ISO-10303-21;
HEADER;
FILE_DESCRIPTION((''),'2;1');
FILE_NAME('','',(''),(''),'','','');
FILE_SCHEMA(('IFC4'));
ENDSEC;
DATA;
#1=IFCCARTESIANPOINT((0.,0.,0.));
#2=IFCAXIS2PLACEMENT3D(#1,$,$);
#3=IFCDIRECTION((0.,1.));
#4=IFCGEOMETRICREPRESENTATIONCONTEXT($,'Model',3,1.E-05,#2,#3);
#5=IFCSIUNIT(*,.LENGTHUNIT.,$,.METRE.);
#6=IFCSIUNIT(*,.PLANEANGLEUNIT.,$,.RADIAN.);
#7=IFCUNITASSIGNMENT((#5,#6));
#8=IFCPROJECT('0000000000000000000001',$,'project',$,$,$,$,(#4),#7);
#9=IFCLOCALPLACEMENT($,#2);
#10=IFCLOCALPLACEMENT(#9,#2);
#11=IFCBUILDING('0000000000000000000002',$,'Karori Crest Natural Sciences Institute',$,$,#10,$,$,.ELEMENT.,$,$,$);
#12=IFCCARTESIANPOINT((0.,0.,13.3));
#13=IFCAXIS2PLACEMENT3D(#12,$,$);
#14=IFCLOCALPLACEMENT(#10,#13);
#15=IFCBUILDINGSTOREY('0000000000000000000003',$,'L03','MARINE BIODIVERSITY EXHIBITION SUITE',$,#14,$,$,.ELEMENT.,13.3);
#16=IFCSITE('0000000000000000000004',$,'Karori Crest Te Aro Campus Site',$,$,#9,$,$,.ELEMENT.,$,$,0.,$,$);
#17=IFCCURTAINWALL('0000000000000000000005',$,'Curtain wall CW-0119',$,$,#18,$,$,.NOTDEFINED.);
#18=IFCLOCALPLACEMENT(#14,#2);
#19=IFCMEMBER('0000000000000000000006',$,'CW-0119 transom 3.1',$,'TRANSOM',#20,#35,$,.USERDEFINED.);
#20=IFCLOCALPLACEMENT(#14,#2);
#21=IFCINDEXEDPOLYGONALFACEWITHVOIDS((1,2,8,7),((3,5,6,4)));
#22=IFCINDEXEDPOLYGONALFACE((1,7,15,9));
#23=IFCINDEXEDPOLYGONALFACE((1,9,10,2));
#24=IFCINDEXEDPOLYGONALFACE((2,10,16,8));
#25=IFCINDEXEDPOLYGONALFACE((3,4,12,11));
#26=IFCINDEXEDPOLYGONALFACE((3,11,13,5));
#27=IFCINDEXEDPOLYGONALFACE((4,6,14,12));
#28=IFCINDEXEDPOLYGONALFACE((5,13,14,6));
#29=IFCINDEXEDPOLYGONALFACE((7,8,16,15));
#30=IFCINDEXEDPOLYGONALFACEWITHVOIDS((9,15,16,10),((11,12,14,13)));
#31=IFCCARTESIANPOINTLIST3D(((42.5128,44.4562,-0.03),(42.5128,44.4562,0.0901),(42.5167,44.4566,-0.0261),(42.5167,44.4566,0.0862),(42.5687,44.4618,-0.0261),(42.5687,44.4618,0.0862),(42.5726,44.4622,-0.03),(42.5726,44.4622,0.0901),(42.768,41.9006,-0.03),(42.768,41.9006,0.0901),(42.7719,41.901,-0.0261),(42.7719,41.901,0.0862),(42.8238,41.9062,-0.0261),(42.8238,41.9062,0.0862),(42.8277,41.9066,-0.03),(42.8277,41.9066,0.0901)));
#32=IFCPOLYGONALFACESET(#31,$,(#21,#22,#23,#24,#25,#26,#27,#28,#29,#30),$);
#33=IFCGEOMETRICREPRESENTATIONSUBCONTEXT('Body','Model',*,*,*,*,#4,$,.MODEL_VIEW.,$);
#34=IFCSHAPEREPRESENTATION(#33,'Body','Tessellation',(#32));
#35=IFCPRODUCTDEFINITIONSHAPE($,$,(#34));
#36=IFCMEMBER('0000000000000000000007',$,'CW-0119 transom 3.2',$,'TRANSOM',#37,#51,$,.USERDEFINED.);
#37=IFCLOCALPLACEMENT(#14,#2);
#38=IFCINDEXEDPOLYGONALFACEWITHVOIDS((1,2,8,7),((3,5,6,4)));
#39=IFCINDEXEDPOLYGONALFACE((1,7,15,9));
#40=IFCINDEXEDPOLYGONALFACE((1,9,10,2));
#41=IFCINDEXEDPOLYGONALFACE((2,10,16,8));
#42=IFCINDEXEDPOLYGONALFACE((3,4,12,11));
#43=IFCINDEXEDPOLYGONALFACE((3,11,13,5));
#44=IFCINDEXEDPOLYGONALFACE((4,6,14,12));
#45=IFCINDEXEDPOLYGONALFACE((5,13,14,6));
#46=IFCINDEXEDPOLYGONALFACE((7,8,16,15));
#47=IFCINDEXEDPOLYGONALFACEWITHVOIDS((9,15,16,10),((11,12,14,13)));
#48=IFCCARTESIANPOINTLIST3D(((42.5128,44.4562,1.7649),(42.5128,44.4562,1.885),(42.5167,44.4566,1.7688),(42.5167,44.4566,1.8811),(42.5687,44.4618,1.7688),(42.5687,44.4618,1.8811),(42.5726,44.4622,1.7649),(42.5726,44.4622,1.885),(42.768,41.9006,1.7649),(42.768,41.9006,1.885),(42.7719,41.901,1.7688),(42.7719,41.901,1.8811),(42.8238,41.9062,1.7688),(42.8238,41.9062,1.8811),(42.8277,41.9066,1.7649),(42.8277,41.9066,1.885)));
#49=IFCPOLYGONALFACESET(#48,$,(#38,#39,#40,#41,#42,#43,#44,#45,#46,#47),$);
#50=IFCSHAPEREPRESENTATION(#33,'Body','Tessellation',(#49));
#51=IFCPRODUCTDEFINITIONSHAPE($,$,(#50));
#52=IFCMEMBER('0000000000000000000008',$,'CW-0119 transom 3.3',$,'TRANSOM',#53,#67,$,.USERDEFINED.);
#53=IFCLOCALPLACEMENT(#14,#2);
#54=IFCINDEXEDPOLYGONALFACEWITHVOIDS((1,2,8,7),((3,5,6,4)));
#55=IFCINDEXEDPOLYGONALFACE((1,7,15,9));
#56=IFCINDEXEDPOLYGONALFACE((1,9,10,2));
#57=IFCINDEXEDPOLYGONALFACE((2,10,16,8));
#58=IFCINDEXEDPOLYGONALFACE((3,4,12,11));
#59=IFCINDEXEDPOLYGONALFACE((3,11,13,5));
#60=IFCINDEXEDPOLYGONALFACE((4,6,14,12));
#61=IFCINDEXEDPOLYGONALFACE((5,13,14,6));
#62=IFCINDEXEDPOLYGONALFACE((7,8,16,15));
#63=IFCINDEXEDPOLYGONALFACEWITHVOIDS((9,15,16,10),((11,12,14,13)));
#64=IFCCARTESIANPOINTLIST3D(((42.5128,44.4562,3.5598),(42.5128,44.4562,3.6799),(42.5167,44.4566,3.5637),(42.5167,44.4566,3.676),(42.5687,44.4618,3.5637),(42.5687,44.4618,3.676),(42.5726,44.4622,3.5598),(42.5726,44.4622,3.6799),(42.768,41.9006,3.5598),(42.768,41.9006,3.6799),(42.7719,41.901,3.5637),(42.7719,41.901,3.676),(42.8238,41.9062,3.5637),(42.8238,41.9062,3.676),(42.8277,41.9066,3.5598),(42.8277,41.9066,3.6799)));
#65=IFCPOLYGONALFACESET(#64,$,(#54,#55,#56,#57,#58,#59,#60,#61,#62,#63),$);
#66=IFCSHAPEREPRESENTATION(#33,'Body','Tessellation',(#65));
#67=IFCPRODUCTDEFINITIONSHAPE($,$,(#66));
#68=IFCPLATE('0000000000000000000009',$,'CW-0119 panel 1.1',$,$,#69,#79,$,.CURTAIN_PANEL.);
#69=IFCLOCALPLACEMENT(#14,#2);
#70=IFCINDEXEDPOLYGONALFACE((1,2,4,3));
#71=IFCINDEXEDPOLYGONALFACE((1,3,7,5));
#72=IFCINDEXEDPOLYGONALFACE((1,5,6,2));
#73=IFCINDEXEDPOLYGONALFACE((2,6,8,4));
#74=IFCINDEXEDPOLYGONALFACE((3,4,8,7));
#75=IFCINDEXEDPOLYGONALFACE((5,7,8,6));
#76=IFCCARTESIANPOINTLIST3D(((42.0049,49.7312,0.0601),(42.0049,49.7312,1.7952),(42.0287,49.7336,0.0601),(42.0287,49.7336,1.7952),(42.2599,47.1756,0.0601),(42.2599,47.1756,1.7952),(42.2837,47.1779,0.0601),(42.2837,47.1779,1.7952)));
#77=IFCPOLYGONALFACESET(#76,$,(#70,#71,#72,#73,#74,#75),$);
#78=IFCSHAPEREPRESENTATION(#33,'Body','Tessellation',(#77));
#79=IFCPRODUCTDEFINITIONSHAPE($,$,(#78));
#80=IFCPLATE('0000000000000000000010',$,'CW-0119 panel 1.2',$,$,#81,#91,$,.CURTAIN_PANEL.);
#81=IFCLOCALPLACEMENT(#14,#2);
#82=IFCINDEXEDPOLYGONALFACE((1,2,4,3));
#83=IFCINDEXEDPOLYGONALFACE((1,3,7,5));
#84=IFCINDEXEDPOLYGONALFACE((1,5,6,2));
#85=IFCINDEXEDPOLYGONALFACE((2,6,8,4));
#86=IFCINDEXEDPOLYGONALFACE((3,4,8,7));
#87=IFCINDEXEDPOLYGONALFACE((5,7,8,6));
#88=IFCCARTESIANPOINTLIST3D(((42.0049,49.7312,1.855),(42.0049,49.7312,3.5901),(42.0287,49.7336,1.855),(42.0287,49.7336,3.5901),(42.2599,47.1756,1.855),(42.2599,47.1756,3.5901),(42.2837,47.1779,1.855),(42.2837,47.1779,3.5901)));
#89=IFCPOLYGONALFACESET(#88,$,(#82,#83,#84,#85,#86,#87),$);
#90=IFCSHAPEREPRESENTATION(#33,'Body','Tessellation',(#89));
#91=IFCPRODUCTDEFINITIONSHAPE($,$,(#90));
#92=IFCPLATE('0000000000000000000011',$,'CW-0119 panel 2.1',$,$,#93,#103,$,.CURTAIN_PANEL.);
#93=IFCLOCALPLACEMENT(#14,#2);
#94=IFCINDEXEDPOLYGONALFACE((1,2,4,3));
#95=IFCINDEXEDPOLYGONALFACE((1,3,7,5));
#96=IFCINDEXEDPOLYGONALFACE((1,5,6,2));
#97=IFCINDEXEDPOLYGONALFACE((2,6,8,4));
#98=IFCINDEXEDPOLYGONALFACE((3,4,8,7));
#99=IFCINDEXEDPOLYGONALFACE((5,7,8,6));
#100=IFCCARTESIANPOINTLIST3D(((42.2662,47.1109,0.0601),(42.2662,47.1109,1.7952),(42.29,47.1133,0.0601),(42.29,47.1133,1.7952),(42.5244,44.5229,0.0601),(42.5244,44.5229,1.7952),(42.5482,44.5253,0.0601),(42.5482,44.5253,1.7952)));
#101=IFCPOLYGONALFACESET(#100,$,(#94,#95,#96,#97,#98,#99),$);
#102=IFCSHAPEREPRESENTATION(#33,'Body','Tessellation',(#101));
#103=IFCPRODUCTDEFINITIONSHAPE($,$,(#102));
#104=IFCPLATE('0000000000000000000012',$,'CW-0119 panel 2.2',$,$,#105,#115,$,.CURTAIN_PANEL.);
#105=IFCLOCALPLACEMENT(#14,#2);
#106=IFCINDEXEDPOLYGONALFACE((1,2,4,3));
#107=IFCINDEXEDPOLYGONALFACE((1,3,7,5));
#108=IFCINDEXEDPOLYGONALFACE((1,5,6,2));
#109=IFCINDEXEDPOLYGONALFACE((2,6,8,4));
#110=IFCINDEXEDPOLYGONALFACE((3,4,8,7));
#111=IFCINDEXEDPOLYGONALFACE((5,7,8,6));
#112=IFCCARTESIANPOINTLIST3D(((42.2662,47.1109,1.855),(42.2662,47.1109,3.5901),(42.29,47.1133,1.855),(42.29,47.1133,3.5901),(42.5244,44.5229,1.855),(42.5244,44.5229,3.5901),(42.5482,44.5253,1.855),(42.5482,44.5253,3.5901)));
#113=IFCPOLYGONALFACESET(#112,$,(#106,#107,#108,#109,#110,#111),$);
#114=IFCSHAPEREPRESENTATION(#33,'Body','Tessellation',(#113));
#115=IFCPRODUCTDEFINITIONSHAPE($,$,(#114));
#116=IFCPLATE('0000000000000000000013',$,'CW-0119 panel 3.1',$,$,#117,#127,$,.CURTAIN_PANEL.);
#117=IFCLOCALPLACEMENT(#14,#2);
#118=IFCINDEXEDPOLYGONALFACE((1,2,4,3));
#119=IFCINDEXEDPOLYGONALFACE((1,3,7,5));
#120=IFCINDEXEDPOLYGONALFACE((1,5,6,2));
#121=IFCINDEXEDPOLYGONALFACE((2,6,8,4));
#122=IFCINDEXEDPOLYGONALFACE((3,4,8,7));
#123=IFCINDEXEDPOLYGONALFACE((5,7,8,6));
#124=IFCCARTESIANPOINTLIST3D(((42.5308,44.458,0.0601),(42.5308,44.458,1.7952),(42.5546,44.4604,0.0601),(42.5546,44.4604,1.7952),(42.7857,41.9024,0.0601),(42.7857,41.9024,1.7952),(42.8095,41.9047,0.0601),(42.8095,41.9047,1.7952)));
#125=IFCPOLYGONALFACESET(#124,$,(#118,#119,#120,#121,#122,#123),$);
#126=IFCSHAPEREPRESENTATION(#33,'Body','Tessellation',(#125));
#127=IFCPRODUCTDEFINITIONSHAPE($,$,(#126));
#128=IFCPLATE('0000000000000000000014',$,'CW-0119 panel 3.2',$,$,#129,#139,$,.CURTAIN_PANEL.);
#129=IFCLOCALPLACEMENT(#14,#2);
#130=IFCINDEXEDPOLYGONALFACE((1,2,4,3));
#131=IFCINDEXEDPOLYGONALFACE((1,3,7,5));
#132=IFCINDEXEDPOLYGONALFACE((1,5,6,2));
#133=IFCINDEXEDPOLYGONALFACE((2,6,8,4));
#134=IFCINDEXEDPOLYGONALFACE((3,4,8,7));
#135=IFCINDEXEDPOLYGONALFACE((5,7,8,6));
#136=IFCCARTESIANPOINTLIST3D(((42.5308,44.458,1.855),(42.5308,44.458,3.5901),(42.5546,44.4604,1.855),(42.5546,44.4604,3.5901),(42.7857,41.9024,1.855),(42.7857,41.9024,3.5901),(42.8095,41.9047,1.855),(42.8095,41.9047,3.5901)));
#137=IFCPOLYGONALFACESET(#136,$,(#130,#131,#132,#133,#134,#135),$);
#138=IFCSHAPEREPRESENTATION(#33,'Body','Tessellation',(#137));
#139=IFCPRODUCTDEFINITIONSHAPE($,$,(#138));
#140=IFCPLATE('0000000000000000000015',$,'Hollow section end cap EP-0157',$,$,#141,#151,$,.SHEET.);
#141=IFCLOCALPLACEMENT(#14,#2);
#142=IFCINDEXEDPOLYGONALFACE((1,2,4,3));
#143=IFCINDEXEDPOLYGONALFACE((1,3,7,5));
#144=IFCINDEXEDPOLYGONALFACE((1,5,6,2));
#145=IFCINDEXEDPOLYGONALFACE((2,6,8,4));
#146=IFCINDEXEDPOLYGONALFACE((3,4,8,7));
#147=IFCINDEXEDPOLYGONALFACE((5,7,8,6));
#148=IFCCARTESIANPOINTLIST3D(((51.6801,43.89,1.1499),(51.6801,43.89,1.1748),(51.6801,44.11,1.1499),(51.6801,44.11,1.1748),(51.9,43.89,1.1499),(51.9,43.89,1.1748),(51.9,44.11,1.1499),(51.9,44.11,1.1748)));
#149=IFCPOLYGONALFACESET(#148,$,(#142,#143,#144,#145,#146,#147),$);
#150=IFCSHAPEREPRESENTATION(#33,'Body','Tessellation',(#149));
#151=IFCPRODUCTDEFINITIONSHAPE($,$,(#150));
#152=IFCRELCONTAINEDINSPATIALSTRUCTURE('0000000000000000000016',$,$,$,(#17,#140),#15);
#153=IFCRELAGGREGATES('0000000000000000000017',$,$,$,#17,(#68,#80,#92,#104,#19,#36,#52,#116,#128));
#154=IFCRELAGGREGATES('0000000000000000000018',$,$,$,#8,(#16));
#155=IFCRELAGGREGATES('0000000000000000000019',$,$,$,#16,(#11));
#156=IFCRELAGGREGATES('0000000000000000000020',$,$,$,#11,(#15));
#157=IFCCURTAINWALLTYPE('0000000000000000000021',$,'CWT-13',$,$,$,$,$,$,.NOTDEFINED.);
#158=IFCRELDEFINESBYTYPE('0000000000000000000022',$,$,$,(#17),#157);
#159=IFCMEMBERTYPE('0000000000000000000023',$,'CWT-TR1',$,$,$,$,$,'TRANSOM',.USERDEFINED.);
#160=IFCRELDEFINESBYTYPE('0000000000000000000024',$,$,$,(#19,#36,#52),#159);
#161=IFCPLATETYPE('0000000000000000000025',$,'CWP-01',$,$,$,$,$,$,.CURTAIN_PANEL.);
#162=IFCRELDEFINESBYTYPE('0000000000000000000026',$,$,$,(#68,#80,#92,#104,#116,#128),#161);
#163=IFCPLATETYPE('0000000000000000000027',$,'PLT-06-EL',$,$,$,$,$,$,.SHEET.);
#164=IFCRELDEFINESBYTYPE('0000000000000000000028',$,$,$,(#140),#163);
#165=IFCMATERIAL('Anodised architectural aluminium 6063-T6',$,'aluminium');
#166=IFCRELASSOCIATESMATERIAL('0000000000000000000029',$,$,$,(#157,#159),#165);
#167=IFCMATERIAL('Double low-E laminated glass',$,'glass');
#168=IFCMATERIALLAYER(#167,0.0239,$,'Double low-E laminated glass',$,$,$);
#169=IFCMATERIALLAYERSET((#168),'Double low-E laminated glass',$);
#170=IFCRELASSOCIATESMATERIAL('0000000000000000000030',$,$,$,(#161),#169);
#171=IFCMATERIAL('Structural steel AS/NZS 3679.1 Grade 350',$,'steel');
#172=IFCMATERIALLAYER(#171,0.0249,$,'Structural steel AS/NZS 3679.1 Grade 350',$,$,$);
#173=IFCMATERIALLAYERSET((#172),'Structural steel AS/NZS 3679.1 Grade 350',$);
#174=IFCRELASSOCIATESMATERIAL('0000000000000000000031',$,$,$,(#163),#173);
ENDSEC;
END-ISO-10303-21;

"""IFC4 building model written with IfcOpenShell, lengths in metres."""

from ifc_helpers import new_model, si_unit, direction, frame, origin, origin_2d, place, context, subcontext, project, spatial, rectangle, hollow_rectangle, extrude, material, layer, layer_set, material_profile, profile_set, type_object, element, aggregate, save


model = new_model("IFC4")

# Units and contexts
model_context = context("Model", 3, precision=1e-05, world=origin(), true_north=direction((0.0, 1.0)))
body_context = subcontext(model_context, "Body", "Model", "MODEL_VIEW")
ifc_project = project(units=[si_unit("LENGTHUNIT", "METRE"), si_unit("PLANEANGLEUNIT", "RADIAN")], contexts=[model_context])

# Site, building, storey
site_placement = place(None, origin())
site = spatial("IfcSite", under=ifc_project, at=site_placement, Name="Karori Crest Te Aro Campus Site", CompositionType="ELEMENT", RefElevation=0.0)
building_placement = place(site_placement, origin())
building = spatial("IfcBuilding", under=site, at=building_placement, Name="Karori Crest Natural Sciences Institute", CompositionType="ELEMENT")
storey_placement = place(building_placement, frame((0.0, 0.0, 13.3)))
storey = spatial("IfcBuildingStorey", under=building, at=storey_placement, Name="L03", Description="MARINE BIODIVERSITY EXHIBITION SUITE", CompositionType="ELEMENT", Elevation=13.3)

# Curtain wall, members, plates
ifc_material_1 = material(Name="Anodised architectural aluminium 6063-T6", Category="aluminium")
curtain_wall_type = type_object("IfcCurtainWallType", Name="CWT-13", PredefinedType="NOTDEFINED", material=ifc_material_1)
curtain_wall_placement = place(storey_placement, origin())
curtain_wall = element("IfcCurtainWall", 1, at=curtain_wall_placement, inside=storey, type_object=curtain_wall_type, Name="Curtain wall CW-0119", PredefinedType="NOTDEFINED")
ifc_material_profile_1 = material_profile(ifc_material_1, hollow_rectangle(XDim=0.0601, YDim=0.1201, WallThickness=0.0039, at=origin_2d()), Name="CWT120x60x4")
ifc_profile_set_1 = profile_set([ifc_material_profile_1], Name="Anodised architectural aluminium 6063-T6")
member_type_1 = type_object("IfcMemberType", Name="CWT-TR1", ElementType="TRANSOM", PredefinedType="USERDEFINED", material=ifc_profile_set_1)
member_1_placement = place(storey_placement, frame((42.5427, 44.4592, 0.03), z_axis=(0.099334, -0.995054, 0.0), x_axis=(0.995054, 0.099334, 0.0)))
member_1 = element("IfcMember", 2, at=member_1_placement, type_object=member_type_1, Name="CW-0119 transom 3.1", ObjectType="TRANSOM", PredefinedType="USERDEFINED", context=body_context, shape_type="SweptSolid", body=[
    extrude(hollow_rectangle(XDim=0.0601, YDim=0.1201, WallThickness=0.0039, at=origin_2d()), origin(), (0.0, 0.0, 1.0), 2.5684),
])
member_2_placement = place(storey_placement, frame((42.5427, 44.4592, 1.825), z_axis=(0.099334, -0.995054, 0.0), x_axis=(0.995054, 0.099334, 0.0)))
member_2 = element("IfcMember", 3, at=member_2_placement, type_object=member_type_1, Name="CW-0119 transom 3.2", ObjectType="TRANSOM", PredefinedType="USERDEFINED", context=body_context, shape_type="SweptSolid", body=[
    extrude(hollow_rectangle(XDim=0.0601, YDim=0.1201, WallThickness=0.0039, at=origin_2d()), origin(), (0.0, 0.0, 1.0), 2.5684),
])
member_3_placement = place(storey_placement, frame((42.5427, 44.4592, 3.6199), z_axis=(0.099334, -0.995054, 0.0), x_axis=(0.995054, 0.099334, 0.0)))
member_3 = element("IfcMember", 4, at=member_3_placement, type_object=member_type_1, Name="CW-0119 transom 3.3", ObjectType="TRANSOM", PredefinedType="USERDEFINED", context=body_context, shape_type="SweptSolid", body=[
    extrude(hollow_rectangle(XDim=0.0601, YDim=0.1201, WallThickness=0.0039, at=origin_2d()), origin(), (0.0, 0.0, 1.0), 2.5684),
])
ifc_material_2 = material(Name="Double low-E laminated glass", Category="glass")
ifc_layer_1 = layer(ifc_material_2, 0.0239, Name="Double low-E laminated glass")
ifc_layer_set_1 = layer_set([ifc_layer_1], Name="Double low-E laminated glass")
plate_type_1 = type_object("IfcPlateType", Name="CWP-01", PredefinedType="CURTAIN_PANEL", material=ifc_layer_set_1)
plate_1_placement = place(storey_placement, frame((42.1443, 48.4546, 0.0601), z_axis=(0.0, 0.0, 1.0), x_axis=(0.099268, -0.995061, 0.0)))
plate_1 = element("IfcPlate", 5, at=plate_1_placement, type_object=plate_type_1, Name="CW-0119 panel 1.1", PredefinedType="CURTAIN_PANEL", context=body_context, shape_type="SweptSolid", body=[
    extrude(rectangle(XDim=2.5684, YDim=0.0239, at=origin_2d()), origin(), (0.0, 0.0, 1.0), 1.7351),
])
plate_2_placement = place(storey_placement, frame((42.1443, 48.4546, 1.855), z_axis=(0.0, 0.0, 1.0), x_axis=(0.099268, -0.995061, 0.0)))
plate_2 = element("IfcPlate", 6, at=plate_2_placement, type_object=plate_type_1, Name="CW-0119 panel 1.2", PredefinedType="CURTAIN_PANEL", context=body_context, shape_type="SweptSolid", body=[
    extrude(rectangle(XDim=2.5684, YDim=0.0239, at=origin_2d()), origin(), (0.0, 0.0, 1.0), 1.7351),
])
plate_3_placement = place(storey_placement, frame((42.4072, 45.8181, 0.0601), z_axis=(0.0, 0.0, 1.0), x_axis=(0.099268, -0.995061, 0.0)))
plate_3 = element("IfcPlate", 7, at=plate_3_placement, type_object=plate_type_1, Name="CW-0119 panel 2.1", PredefinedType="CURTAIN_PANEL", context=body_context, shape_type="SweptSolid", body=[
    extrude(rectangle(XDim=2.6008, YDim=0.0239, at=origin_2d()), origin(), (0.0, 0.0, 1.0), 1.7351),
])
plate_4_placement = place(storey_placement, frame((42.4072, 45.8181, 1.855), z_axis=(0.0, 0.0, 1.0), x_axis=(0.099268, -0.995061, 0.0)))
plate_4 = element("IfcPlate", 8, at=plate_4_placement, type_object=plate_type_1, Name="CW-0119 panel 2.2", PredefinedType="CURTAIN_PANEL", context=body_context, shape_type="SweptSolid", body=[
    extrude(rectangle(XDim=2.6008, YDim=0.0239, at=origin_2d()), origin(), (0.0, 0.0, 1.0), 1.7351),
])
plate_5_placement = place(storey_placement, frame((42.6702, 43.1814, 0.0601), z_axis=(0.0, 0.0, 1.0), x_axis=(0.099268, -0.995061, 0.0)))
plate_5 = element("IfcPlate", 9, at=plate_5_placement, type_object=plate_type_1, Name="CW-0119 panel 3.1", PredefinedType="CURTAIN_PANEL", context=body_context, shape_type="SweptSolid", body=[
    extrude(rectangle(XDim=2.5684, YDim=0.0239, at=origin_2d()), origin(), (0.0, 0.0, 1.0), 1.7351),
])
plate_6_placement = place(storey_placement, frame((42.6702, 43.1814, 1.855), z_axis=(0.0, 0.0, 1.0), x_axis=(0.099268, -0.995061, 0.0)))
plate_6 = element("IfcPlate", 10, at=plate_6_placement, type_object=plate_type_1, Name="CW-0119 panel 3.2", PredefinedType="CURTAIN_PANEL", context=body_context, shape_type="SweptSolid", body=[
    extrude(rectangle(XDim=2.5684, YDim=0.0239, at=origin_2d()), origin(), (0.0, 0.0, 1.0), 1.7351),
])
aggregate(curtain_wall, [plate_1, plate_2, plate_3, plate_4, member_1, member_2, member_3, plate_5, plate_6])

# Plate
ifc_material_3 = material(Name="Structural steel AS/NZS 3679.1 Grade 350", Category="steel")
ifc_layer_2 = layer(ifc_material_3, 0.0249, Name="Structural steel AS/NZS 3679.1 Grade 350")
ifc_layer_set_2 = layer_set([ifc_layer_2], Name="Structural steel AS/NZS 3679.1 Grade 350")
plate_type_2 = type_object("IfcPlateType", Name="PLT-06-EL", PredefinedType="SHEET", material=ifc_layer_set_2)
plate_7_placement = place(storey_placement, frame((51.79, 44.0, 1.1499), z_axis=(0.0, 0.0, 1.0), x_axis=(1.0, 0.0, 0.0)))
element("IfcPlate", 11, at=plate_7_placement, inside=storey, type_object=plate_type_2, Name="Hollow section end cap EP-0157", PredefinedType="SHEET", context=body_context, shape_type="SweptSolid", body=[
    extrude(rectangle(XDim=0.22, YDim=0.22, at=origin_2d()), origin(), (0.0, 0.0, 1.0), 0.0249),
])

save(model, "model.ifc")
